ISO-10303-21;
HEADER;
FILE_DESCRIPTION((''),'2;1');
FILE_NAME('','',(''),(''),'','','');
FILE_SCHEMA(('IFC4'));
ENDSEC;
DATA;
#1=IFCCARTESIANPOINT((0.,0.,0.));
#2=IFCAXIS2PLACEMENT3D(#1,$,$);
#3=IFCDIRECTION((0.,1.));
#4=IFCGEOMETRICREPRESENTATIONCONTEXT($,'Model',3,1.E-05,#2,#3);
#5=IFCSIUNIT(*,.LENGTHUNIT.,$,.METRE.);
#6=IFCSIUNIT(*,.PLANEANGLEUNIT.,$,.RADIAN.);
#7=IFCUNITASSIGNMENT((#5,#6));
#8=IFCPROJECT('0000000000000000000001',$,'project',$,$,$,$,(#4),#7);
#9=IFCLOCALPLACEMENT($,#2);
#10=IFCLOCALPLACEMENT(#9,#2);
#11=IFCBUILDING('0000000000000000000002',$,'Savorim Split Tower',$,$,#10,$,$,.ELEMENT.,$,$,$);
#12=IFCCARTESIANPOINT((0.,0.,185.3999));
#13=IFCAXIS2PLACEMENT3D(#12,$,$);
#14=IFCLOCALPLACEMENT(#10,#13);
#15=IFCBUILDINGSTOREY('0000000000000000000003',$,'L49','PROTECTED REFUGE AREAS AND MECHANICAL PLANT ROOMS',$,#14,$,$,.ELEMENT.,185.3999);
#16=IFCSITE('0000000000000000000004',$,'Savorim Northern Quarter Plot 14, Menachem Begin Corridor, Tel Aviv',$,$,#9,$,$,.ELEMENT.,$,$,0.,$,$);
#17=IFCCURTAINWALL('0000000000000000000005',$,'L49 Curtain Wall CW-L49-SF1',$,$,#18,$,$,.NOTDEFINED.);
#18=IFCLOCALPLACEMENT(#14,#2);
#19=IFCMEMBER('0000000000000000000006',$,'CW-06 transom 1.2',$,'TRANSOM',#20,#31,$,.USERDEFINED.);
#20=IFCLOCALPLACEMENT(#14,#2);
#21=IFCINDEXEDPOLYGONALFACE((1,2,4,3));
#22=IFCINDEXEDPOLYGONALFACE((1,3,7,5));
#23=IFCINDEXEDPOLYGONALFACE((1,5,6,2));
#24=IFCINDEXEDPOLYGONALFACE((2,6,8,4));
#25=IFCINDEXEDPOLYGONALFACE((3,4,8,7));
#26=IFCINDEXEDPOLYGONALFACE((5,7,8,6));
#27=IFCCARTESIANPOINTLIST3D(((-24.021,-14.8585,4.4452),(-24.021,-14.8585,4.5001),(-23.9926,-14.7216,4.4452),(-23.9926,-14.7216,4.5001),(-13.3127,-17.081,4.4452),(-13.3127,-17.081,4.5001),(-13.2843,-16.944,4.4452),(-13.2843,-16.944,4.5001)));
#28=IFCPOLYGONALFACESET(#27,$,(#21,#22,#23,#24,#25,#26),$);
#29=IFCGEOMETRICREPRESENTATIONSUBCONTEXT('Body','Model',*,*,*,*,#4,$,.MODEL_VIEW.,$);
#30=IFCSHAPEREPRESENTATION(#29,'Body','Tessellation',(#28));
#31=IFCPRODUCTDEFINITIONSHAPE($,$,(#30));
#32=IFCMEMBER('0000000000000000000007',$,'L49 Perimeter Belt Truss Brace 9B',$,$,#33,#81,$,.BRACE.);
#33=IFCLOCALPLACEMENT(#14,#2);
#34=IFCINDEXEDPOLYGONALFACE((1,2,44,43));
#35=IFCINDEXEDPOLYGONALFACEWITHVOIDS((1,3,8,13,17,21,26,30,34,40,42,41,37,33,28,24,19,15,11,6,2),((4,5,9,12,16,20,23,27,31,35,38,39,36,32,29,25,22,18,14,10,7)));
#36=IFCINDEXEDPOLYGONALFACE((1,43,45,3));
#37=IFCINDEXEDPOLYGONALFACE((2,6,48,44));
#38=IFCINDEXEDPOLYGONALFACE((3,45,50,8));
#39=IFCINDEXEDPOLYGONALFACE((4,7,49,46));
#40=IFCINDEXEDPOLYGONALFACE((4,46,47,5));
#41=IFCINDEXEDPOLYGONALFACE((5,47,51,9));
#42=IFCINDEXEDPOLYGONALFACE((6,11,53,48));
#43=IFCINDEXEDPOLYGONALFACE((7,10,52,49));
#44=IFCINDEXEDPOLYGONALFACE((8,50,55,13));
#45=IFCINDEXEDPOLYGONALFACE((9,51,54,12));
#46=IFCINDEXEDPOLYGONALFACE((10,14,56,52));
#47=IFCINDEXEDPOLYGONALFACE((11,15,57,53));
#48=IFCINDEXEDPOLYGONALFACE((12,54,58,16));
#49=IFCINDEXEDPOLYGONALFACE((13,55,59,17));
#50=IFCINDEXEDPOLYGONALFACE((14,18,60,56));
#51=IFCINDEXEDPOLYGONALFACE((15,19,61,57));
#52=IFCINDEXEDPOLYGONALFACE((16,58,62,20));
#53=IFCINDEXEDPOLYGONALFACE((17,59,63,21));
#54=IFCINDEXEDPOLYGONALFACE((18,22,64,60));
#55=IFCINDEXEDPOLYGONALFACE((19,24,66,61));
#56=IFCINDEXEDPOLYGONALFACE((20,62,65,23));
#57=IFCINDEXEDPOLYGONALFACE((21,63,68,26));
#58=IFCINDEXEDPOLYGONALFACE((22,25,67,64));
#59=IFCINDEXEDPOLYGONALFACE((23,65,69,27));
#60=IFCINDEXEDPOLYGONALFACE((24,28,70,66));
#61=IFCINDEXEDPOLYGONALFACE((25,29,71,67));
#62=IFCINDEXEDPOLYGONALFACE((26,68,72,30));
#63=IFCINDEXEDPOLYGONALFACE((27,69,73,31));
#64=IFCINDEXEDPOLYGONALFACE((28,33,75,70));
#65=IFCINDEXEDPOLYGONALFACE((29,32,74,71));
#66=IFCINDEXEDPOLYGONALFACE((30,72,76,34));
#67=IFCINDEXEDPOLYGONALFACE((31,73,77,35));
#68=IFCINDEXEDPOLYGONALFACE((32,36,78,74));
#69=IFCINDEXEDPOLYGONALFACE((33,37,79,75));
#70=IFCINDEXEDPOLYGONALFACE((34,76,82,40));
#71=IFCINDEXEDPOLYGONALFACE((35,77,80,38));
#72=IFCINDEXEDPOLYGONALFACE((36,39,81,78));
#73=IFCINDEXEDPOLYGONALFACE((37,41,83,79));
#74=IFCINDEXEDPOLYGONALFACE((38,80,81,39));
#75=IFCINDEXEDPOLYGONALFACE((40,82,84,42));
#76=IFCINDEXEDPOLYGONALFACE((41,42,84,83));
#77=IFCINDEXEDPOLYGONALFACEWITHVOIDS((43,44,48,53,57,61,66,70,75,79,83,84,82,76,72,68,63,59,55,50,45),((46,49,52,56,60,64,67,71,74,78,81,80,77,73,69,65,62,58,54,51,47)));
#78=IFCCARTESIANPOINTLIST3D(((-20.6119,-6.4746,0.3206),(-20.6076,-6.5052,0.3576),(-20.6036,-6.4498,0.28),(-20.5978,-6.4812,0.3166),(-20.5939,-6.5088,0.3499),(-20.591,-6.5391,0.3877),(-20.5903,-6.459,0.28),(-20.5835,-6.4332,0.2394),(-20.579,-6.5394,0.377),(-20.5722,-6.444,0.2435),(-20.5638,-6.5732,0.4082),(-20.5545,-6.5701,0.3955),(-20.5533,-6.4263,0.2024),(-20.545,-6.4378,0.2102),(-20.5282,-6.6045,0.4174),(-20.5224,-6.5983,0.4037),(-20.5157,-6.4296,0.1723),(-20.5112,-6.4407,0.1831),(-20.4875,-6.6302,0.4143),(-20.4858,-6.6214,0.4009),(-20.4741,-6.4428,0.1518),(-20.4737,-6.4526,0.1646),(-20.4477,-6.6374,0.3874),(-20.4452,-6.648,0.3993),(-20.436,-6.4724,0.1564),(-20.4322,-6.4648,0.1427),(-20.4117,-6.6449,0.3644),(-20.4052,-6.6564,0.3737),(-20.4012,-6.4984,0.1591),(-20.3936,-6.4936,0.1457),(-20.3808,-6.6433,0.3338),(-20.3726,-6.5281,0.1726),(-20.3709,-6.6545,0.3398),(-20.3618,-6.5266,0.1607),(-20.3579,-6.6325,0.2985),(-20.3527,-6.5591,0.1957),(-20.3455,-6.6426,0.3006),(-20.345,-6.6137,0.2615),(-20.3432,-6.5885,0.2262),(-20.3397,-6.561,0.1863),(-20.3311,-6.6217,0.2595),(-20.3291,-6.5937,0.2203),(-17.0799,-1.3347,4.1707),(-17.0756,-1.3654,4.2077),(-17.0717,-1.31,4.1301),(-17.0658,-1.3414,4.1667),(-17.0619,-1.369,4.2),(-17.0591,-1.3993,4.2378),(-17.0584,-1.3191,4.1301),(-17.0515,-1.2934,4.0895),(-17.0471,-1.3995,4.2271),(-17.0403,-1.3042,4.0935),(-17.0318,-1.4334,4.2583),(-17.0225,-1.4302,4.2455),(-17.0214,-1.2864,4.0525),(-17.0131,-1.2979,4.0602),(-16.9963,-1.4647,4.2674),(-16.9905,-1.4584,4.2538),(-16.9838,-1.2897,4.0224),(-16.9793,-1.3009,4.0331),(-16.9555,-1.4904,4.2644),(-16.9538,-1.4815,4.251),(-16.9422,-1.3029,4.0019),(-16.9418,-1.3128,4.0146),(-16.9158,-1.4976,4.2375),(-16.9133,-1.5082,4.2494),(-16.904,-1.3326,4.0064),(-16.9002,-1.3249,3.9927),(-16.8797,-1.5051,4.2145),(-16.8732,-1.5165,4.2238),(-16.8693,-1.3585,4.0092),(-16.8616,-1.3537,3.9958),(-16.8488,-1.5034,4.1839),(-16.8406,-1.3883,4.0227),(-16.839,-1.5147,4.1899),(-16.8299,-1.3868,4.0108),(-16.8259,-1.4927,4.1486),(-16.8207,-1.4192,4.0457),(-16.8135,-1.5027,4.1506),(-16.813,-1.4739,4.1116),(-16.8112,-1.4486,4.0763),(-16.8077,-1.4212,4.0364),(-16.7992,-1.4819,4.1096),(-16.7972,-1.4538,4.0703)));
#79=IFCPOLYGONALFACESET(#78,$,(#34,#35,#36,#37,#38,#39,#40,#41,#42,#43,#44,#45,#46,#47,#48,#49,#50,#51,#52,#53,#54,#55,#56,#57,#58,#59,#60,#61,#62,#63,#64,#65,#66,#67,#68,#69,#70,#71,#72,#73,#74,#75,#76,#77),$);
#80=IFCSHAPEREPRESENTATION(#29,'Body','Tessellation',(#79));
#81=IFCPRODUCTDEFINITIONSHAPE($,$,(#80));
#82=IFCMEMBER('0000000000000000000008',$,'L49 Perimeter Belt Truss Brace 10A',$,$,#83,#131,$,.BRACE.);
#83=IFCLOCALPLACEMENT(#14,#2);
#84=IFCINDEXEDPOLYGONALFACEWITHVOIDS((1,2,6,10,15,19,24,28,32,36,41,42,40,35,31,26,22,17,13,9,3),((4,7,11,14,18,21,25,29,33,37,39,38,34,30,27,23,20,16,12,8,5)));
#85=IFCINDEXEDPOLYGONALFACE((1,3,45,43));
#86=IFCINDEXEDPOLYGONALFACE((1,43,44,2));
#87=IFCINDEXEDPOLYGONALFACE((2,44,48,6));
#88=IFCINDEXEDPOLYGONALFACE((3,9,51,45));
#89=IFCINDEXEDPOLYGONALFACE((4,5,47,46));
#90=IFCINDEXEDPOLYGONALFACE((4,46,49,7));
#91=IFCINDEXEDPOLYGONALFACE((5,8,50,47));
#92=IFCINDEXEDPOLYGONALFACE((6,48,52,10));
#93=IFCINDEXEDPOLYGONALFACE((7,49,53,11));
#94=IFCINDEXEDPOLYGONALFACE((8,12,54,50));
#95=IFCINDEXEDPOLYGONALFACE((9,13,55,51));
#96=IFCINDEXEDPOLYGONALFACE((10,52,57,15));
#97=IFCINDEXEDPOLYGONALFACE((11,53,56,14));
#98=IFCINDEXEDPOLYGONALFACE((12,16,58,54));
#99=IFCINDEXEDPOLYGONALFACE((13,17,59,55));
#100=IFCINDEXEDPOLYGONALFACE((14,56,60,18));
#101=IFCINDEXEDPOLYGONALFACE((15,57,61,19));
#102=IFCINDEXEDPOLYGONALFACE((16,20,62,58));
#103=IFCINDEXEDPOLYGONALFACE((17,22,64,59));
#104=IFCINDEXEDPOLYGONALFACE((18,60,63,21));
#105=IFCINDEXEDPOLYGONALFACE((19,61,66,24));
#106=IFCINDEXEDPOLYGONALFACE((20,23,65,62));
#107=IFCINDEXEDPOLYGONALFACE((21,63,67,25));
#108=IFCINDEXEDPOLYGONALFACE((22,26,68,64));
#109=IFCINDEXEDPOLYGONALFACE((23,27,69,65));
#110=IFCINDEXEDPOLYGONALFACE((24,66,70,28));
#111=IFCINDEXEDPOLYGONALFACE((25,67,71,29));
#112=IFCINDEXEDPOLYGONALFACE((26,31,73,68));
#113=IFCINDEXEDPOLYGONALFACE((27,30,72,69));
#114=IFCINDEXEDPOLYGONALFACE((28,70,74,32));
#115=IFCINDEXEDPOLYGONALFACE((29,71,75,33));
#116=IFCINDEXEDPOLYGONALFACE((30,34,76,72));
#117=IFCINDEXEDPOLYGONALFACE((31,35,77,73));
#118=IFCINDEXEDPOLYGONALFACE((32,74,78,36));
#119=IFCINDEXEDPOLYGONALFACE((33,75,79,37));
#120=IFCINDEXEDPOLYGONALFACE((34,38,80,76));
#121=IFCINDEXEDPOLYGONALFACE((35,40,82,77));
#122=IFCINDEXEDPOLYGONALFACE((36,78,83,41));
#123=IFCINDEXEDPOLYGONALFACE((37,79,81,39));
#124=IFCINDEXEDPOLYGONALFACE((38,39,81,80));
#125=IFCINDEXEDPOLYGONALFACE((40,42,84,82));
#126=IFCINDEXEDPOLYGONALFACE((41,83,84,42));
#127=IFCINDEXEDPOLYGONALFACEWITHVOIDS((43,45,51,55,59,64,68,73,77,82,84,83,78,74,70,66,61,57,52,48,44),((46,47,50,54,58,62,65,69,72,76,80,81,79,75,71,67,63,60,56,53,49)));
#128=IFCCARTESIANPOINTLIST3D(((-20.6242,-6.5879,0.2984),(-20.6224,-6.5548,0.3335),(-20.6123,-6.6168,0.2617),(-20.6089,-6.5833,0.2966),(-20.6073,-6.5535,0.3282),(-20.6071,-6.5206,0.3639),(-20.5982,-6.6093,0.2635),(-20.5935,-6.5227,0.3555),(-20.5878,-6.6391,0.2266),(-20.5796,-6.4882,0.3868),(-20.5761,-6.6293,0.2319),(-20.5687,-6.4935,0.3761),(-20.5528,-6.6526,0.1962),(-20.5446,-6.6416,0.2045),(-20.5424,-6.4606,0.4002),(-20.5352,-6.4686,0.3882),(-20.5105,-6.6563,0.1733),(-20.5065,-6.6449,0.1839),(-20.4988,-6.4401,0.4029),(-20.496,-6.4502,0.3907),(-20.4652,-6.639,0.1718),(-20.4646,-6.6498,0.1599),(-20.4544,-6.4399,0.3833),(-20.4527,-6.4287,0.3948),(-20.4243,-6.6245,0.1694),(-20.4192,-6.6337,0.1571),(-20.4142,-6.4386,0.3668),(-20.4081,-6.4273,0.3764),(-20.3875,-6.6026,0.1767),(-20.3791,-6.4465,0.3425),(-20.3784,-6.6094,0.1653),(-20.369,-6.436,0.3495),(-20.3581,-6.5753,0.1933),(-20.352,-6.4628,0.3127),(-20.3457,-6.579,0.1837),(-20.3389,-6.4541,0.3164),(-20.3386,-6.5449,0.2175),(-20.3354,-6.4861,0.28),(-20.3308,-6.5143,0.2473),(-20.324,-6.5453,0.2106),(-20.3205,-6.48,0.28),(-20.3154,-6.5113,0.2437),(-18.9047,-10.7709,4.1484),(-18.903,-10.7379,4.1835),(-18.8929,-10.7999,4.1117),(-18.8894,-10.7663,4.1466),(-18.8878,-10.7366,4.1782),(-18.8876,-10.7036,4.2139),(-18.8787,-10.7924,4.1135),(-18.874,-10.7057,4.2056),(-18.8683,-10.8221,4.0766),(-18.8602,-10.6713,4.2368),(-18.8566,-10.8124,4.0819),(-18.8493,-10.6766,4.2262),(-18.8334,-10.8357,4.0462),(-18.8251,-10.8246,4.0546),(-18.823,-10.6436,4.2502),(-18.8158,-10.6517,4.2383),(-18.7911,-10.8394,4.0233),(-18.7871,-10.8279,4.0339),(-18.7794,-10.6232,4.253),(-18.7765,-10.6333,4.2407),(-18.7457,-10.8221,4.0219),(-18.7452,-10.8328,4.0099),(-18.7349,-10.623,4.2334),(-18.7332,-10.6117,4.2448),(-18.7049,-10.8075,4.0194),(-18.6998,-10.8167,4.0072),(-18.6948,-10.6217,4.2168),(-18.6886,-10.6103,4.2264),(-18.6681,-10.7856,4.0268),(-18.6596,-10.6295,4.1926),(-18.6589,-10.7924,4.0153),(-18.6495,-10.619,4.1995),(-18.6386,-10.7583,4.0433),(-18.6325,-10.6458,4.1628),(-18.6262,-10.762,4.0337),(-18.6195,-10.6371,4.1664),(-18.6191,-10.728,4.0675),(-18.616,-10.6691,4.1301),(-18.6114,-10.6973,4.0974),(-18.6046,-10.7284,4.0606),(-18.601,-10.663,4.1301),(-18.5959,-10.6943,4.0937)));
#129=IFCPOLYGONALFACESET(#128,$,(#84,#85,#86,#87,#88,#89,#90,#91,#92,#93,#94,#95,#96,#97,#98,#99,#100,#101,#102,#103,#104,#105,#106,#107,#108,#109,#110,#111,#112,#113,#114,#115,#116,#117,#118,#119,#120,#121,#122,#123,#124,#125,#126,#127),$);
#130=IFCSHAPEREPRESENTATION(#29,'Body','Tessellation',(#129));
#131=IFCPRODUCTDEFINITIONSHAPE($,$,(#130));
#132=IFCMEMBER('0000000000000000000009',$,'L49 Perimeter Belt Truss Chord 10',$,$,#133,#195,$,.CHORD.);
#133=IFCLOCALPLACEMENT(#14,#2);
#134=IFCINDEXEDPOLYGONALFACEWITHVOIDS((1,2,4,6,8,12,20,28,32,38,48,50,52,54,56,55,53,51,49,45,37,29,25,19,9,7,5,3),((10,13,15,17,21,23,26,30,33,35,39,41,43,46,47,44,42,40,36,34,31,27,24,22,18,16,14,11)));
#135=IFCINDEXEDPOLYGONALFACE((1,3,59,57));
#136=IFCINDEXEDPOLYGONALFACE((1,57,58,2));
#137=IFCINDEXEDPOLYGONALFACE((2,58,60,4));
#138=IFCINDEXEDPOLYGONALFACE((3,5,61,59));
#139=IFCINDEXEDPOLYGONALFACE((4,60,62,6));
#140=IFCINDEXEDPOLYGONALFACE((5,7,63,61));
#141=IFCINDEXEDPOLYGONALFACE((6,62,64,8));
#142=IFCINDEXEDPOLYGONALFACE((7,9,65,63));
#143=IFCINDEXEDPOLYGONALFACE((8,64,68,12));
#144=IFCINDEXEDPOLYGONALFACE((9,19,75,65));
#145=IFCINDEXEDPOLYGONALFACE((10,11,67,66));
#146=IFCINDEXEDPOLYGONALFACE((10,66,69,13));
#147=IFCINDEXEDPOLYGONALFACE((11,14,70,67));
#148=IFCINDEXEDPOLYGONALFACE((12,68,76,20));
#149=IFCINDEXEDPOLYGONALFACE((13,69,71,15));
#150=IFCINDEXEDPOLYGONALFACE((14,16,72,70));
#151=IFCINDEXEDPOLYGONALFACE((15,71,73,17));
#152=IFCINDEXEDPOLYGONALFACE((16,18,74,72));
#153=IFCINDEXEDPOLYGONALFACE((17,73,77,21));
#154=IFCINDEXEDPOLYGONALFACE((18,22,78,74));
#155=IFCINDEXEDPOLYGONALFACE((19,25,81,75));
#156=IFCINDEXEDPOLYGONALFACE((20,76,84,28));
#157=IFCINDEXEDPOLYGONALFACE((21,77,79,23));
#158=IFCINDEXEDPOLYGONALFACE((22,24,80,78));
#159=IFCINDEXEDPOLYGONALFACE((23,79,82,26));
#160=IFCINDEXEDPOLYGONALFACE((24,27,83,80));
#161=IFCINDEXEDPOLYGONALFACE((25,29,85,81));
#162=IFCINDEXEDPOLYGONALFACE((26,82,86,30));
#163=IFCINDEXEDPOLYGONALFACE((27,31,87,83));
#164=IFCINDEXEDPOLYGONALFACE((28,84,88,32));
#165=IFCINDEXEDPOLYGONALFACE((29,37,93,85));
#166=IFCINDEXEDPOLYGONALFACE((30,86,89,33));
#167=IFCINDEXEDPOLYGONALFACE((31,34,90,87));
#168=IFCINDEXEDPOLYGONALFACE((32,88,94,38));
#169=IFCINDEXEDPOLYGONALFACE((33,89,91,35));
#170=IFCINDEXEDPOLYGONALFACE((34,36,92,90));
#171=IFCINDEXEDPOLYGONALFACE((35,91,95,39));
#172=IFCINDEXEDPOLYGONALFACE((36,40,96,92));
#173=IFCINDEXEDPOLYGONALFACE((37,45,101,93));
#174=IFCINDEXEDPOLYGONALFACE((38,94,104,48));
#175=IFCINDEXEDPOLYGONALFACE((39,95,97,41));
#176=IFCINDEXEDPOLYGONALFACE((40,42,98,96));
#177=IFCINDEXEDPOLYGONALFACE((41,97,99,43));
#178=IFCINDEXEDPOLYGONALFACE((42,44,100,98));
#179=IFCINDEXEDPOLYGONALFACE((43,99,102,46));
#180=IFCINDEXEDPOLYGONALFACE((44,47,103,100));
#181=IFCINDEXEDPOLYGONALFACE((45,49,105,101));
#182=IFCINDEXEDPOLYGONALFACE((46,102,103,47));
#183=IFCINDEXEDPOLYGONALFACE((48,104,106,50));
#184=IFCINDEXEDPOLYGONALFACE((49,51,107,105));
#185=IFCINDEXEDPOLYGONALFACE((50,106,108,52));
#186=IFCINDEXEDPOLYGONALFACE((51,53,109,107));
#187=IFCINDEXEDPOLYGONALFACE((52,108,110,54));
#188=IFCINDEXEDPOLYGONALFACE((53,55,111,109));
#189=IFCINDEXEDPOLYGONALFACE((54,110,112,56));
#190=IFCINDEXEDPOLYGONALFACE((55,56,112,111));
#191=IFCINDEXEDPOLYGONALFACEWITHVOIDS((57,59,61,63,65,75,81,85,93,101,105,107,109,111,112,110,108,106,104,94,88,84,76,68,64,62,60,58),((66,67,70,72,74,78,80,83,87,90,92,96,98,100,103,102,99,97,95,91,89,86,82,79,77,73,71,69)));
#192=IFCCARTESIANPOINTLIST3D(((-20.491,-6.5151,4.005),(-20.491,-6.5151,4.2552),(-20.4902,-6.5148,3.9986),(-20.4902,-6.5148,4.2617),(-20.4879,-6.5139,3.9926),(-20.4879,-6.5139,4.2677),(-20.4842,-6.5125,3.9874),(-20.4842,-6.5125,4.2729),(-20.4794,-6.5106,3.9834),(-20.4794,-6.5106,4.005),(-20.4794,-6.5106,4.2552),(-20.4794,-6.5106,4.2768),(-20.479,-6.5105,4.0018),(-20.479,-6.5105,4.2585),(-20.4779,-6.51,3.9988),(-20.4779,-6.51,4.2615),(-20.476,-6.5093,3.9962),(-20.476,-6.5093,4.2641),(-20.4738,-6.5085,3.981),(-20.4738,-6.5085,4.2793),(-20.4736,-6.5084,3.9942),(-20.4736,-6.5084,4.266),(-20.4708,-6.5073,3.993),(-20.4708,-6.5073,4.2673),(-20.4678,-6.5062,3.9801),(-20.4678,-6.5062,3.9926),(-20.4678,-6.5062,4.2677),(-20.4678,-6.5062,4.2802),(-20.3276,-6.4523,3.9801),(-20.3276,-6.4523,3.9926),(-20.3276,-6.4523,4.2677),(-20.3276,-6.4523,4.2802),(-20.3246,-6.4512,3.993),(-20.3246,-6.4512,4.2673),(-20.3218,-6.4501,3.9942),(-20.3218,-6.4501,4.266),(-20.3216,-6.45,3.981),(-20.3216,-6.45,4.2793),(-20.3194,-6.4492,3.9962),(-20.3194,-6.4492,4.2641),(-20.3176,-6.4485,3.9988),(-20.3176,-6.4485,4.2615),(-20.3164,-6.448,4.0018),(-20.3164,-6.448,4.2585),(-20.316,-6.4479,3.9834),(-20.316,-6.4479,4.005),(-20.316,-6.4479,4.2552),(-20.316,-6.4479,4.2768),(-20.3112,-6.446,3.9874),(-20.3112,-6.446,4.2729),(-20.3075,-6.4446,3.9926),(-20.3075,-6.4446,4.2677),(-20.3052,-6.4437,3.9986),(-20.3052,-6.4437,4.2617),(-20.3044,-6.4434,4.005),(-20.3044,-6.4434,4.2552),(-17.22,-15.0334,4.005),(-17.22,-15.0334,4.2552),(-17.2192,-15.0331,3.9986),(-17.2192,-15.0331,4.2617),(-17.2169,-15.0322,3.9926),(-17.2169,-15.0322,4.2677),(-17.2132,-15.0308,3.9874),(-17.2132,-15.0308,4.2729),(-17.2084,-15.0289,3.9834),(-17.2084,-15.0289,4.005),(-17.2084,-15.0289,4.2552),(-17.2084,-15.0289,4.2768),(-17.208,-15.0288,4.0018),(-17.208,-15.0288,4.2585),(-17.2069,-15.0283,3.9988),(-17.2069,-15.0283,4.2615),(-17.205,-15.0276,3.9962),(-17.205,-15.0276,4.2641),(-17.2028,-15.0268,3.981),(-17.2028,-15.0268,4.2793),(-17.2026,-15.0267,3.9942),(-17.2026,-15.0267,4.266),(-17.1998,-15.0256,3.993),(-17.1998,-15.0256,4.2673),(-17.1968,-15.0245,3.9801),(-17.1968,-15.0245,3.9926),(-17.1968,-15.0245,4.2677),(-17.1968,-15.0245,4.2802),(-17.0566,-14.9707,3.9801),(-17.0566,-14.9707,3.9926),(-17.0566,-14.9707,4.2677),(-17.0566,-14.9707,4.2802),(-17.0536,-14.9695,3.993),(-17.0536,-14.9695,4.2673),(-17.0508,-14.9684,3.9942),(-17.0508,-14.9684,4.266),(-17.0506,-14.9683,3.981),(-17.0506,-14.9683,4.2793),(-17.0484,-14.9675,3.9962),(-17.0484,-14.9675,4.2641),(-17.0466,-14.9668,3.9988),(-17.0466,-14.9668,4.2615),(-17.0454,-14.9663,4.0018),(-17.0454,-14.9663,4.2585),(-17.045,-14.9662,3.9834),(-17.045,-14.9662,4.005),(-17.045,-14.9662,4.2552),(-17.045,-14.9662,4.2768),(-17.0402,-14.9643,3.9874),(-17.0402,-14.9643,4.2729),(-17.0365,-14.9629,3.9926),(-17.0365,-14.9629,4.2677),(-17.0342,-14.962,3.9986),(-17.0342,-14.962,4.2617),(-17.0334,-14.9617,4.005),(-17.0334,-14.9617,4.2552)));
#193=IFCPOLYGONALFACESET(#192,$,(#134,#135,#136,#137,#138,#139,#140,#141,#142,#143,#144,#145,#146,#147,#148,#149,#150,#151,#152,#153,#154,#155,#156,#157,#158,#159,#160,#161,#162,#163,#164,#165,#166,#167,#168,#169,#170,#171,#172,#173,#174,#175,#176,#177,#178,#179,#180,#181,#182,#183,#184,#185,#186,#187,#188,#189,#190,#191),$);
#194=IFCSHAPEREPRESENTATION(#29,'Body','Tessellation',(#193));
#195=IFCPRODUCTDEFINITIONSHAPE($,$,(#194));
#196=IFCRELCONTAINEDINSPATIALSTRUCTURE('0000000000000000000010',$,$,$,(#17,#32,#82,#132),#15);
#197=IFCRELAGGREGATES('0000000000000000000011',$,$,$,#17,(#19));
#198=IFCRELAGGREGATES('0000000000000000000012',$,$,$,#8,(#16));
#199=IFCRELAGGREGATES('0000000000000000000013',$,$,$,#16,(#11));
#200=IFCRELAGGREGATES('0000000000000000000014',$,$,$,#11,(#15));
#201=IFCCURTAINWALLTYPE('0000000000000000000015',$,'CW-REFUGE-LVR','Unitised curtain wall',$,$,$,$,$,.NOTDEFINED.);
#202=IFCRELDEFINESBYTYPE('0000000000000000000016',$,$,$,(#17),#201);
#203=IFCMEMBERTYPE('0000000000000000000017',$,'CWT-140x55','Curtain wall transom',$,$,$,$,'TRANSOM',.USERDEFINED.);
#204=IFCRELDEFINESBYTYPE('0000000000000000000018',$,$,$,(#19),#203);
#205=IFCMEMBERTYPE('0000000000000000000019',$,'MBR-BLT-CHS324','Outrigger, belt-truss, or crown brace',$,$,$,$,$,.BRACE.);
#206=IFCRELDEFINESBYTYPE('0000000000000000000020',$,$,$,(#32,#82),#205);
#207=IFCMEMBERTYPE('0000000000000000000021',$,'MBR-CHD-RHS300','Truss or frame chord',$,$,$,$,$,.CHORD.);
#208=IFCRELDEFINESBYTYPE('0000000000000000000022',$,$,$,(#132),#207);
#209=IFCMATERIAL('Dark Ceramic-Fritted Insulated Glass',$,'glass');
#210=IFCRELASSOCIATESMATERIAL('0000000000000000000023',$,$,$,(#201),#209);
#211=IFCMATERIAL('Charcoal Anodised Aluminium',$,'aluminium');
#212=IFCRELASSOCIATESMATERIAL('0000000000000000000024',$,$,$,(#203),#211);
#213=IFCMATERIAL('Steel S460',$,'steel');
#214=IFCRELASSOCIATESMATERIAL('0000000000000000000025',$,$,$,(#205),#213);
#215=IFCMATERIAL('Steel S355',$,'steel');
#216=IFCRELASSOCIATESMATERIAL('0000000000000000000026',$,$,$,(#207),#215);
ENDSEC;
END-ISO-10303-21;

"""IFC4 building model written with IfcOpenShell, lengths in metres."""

from ifc_helpers import new_model, si_unit, direction, frame, origin, origin_2d, place, context, subcontext, project, spatial, rectangle, hollow_rectangle, hollow_circle, extrude, material, material_profile, profile_set, type_object, element, aggregate, save


model = new_model("IFC4")

# Units and contexts
model_context = context("Model", 3, precision=1e-05, world=origin(), true_north=direction((0.0, 1.0)))
body_context = subcontext(model_context, "Body", "Model", "MODEL_VIEW")
ifc_project = project(units=[si_unit("LENGTHUNIT", "METRE"), si_unit("PLANEANGLEUNIT", "RADIAN")], contexts=[model_context])

# Site, building, storey
site_placement = place(None, origin())
site = spatial("IfcSite", under=ifc_project, at=site_placement, Name="Savorim Northern Quarter Plot 14, Menachem Begin Corridor, Tel Aviv", CompositionType="ELEMENT", RefElevation=0.0)
building_placement = place(site_placement, origin())
building = spatial("IfcBuilding", under=site, at=building_placement, Name="Savorim Split Tower", CompositionType="ELEMENT")
storey_placement = place(building_placement, frame((0.0, 0.0, 185.3999)))
storey = spatial("IfcBuildingStorey", under=building, at=storey_placement, Name="L49", Description="PROTECTED REFUGE AREAS AND MECHANICAL PLANT ROOMS", CompositionType="ELEMENT", Elevation=185.3999)

# Shared definitions
ifc_material_1 = material(Name="Steel S355", Category="steel")

# Curtain wall
ifc_material_2 = material(Name="Dark Ceramic-Fritted Insulated Glass", Category="glass")
curtain_wall_type = type_object("IfcCurtainWallType", Name="CW-REFUGE-LVR", Description="Unitised curtain wall", PredefinedType="NOTDEFINED", material=ifc_material_2)
curtain_wall_1_placement = place(storey_placement, origin())
curtain_wall_1 = element("IfcCurtainWall", 1, at=curtain_wall_1_placement, inside=storey, type_object=curtain_wall_type, Name="L49 Curtain Wall CW-L49-SF1", PredefinedType="NOTDEFINED")
ifc_material_3 = material(Name="Charcoal Anodised Aluminium", Category="aluminium")

# Member
ifc_material_profile_1 = material_profile(ifc_material_3, rectangle(XDim=0.1399, YDim=0.0549, at=origin_2d()), Name="ALU-T 140x55")
ifc_profile_set_1 = profile_set([ifc_material_profile_1], Name="Charcoal Anodised Aluminium")
member_type_1 = type_object("IfcMemberType", Name="CWT-140x55", Description="Curtain wall transom", ElementType="TRANSOM", PredefinedType="USERDEFINED", material=ifc_profile_set_1)
member_1_placement = place(storey_placement, frame((-24.0068, -14.79, 4.4727), z_axis=(0.979135, -0.203212, 0.0), x_axis=(0.203212, 0.979135, 0.0)))
member_1 = element("IfcMember", 2, at=member_1_placement, type_object=member_type_1, Name="CW-06 transom 1.2", ObjectType="TRANSOM", PredefinedType="USERDEFINED", context=body_context, shape_type="SweptSolid", body=[
    extrude(rectangle(XDim=0.1399, YDim=0.0549, at=origin_2d()), origin(), (0.0, 0.0, 1.0), 10.9365),
])

# Members
ifc_material_4 = material(Name="Steel S460", Category="steel")
ifc_material_profile_2 = material_profile(ifc_material_4, hollow_circle(Radius=0.1619, WallThickness=0.0161, at=origin_2d()), Name="CHS 323.9x16")
ifc_profile_set_2 = profile_set([ifc_material_profile_2], Name="Steel S460")
member_type_2 = type_object("IfcMemberType", Name="MBR-BLT-CHS324", Description="Outrigger, belt-truss, or crown brace", PredefinedType="BRACE", material=ifc_profile_set_2)
member_2_placement = place(storey_placement, frame((-20.4702, -6.5415, 0.28), z_axis=(0.481908, 0.701293, 0.525312), x_axis=(-0.824169, 0.566344, 0.0)))
element("IfcMember", 3, at=member_2_placement, inside=storey, type_object=member_type_2, Name="L49 Perimeter Belt Truss Brace 9B", PredefinedType="BRACE", context=body_context, shape_type="SweptSolid", body=[
    extrude(hollow_circle(Radius=0.1619, WallThickness=0.0161, at=origin_2d()), origin(), (0.0, 0.0, 1.0), 7.3291),
])
member_3_placement = place(storey_placement, frame((-20.4702, -6.5415, 0.28), z_axis=(0.289497, -0.70428, 0.648214), x_axis=(0.924909, 0.380188, 0.0)))
element("IfcMember", 4, at=member_3_placement, inside=storey, type_object=member_type_2, Name="L49 Perimeter Belt Truss Brace 10A", PredefinedType="BRACE", context=body_context, shape_type="SweptSolid", body=[
    extrude(hollow_circle(Radius=0.1619, WallThickness=0.0161, at=origin_2d()), origin(), (0.0, 0.0, 1.0), 5.9395),
])
ifc_material_profile_3 = material_profile(ifc_material_1, hollow_rectangle(XDim=0.2, YDim=0.3, WallThickness=0.0125, InnerFilletRadius=0.0125, OuterFilletRadius=0.0249, at=origin_2d()), Name="RHS 300x200x12.5")
ifc_profile_set_3 = profile_set([ifc_material_profile_3], Name="Steel S355")
member_type_3 = type_object("IfcMemberType", Name="MBR-CHD-RHS300", Description="Truss or frame chord", PredefinedType="CHORD", material=ifc_profile_set_3)
member_4_placement = place(storey_placement, frame((-20.3977, -6.4792, 4.1301), z_axis=(0.358475, -0.933539, 0.0), x_axis=(0.933539, 0.358475, 0.0)))
element("IfcMember", 5, at=member_4_placement, inside=storey, type_object=member_type_3, Name="L49 Perimeter Belt Truss Chord 10", PredefinedType="CHORD", context=body_context, shape_type="SweptSolid", body=[
    extrude(hollow_rectangle(XDim=0.2, YDim=0.3, WallThickness=0.0125, InnerFilletRadius=0.0125, OuterFilletRadius=0.0249, at=origin_2d()), origin(), (0.0, 0.0, 1.0), 9.1248),
])

aggregate(curtain_wall_1, [member_1])

save(model, "model.ifc")
